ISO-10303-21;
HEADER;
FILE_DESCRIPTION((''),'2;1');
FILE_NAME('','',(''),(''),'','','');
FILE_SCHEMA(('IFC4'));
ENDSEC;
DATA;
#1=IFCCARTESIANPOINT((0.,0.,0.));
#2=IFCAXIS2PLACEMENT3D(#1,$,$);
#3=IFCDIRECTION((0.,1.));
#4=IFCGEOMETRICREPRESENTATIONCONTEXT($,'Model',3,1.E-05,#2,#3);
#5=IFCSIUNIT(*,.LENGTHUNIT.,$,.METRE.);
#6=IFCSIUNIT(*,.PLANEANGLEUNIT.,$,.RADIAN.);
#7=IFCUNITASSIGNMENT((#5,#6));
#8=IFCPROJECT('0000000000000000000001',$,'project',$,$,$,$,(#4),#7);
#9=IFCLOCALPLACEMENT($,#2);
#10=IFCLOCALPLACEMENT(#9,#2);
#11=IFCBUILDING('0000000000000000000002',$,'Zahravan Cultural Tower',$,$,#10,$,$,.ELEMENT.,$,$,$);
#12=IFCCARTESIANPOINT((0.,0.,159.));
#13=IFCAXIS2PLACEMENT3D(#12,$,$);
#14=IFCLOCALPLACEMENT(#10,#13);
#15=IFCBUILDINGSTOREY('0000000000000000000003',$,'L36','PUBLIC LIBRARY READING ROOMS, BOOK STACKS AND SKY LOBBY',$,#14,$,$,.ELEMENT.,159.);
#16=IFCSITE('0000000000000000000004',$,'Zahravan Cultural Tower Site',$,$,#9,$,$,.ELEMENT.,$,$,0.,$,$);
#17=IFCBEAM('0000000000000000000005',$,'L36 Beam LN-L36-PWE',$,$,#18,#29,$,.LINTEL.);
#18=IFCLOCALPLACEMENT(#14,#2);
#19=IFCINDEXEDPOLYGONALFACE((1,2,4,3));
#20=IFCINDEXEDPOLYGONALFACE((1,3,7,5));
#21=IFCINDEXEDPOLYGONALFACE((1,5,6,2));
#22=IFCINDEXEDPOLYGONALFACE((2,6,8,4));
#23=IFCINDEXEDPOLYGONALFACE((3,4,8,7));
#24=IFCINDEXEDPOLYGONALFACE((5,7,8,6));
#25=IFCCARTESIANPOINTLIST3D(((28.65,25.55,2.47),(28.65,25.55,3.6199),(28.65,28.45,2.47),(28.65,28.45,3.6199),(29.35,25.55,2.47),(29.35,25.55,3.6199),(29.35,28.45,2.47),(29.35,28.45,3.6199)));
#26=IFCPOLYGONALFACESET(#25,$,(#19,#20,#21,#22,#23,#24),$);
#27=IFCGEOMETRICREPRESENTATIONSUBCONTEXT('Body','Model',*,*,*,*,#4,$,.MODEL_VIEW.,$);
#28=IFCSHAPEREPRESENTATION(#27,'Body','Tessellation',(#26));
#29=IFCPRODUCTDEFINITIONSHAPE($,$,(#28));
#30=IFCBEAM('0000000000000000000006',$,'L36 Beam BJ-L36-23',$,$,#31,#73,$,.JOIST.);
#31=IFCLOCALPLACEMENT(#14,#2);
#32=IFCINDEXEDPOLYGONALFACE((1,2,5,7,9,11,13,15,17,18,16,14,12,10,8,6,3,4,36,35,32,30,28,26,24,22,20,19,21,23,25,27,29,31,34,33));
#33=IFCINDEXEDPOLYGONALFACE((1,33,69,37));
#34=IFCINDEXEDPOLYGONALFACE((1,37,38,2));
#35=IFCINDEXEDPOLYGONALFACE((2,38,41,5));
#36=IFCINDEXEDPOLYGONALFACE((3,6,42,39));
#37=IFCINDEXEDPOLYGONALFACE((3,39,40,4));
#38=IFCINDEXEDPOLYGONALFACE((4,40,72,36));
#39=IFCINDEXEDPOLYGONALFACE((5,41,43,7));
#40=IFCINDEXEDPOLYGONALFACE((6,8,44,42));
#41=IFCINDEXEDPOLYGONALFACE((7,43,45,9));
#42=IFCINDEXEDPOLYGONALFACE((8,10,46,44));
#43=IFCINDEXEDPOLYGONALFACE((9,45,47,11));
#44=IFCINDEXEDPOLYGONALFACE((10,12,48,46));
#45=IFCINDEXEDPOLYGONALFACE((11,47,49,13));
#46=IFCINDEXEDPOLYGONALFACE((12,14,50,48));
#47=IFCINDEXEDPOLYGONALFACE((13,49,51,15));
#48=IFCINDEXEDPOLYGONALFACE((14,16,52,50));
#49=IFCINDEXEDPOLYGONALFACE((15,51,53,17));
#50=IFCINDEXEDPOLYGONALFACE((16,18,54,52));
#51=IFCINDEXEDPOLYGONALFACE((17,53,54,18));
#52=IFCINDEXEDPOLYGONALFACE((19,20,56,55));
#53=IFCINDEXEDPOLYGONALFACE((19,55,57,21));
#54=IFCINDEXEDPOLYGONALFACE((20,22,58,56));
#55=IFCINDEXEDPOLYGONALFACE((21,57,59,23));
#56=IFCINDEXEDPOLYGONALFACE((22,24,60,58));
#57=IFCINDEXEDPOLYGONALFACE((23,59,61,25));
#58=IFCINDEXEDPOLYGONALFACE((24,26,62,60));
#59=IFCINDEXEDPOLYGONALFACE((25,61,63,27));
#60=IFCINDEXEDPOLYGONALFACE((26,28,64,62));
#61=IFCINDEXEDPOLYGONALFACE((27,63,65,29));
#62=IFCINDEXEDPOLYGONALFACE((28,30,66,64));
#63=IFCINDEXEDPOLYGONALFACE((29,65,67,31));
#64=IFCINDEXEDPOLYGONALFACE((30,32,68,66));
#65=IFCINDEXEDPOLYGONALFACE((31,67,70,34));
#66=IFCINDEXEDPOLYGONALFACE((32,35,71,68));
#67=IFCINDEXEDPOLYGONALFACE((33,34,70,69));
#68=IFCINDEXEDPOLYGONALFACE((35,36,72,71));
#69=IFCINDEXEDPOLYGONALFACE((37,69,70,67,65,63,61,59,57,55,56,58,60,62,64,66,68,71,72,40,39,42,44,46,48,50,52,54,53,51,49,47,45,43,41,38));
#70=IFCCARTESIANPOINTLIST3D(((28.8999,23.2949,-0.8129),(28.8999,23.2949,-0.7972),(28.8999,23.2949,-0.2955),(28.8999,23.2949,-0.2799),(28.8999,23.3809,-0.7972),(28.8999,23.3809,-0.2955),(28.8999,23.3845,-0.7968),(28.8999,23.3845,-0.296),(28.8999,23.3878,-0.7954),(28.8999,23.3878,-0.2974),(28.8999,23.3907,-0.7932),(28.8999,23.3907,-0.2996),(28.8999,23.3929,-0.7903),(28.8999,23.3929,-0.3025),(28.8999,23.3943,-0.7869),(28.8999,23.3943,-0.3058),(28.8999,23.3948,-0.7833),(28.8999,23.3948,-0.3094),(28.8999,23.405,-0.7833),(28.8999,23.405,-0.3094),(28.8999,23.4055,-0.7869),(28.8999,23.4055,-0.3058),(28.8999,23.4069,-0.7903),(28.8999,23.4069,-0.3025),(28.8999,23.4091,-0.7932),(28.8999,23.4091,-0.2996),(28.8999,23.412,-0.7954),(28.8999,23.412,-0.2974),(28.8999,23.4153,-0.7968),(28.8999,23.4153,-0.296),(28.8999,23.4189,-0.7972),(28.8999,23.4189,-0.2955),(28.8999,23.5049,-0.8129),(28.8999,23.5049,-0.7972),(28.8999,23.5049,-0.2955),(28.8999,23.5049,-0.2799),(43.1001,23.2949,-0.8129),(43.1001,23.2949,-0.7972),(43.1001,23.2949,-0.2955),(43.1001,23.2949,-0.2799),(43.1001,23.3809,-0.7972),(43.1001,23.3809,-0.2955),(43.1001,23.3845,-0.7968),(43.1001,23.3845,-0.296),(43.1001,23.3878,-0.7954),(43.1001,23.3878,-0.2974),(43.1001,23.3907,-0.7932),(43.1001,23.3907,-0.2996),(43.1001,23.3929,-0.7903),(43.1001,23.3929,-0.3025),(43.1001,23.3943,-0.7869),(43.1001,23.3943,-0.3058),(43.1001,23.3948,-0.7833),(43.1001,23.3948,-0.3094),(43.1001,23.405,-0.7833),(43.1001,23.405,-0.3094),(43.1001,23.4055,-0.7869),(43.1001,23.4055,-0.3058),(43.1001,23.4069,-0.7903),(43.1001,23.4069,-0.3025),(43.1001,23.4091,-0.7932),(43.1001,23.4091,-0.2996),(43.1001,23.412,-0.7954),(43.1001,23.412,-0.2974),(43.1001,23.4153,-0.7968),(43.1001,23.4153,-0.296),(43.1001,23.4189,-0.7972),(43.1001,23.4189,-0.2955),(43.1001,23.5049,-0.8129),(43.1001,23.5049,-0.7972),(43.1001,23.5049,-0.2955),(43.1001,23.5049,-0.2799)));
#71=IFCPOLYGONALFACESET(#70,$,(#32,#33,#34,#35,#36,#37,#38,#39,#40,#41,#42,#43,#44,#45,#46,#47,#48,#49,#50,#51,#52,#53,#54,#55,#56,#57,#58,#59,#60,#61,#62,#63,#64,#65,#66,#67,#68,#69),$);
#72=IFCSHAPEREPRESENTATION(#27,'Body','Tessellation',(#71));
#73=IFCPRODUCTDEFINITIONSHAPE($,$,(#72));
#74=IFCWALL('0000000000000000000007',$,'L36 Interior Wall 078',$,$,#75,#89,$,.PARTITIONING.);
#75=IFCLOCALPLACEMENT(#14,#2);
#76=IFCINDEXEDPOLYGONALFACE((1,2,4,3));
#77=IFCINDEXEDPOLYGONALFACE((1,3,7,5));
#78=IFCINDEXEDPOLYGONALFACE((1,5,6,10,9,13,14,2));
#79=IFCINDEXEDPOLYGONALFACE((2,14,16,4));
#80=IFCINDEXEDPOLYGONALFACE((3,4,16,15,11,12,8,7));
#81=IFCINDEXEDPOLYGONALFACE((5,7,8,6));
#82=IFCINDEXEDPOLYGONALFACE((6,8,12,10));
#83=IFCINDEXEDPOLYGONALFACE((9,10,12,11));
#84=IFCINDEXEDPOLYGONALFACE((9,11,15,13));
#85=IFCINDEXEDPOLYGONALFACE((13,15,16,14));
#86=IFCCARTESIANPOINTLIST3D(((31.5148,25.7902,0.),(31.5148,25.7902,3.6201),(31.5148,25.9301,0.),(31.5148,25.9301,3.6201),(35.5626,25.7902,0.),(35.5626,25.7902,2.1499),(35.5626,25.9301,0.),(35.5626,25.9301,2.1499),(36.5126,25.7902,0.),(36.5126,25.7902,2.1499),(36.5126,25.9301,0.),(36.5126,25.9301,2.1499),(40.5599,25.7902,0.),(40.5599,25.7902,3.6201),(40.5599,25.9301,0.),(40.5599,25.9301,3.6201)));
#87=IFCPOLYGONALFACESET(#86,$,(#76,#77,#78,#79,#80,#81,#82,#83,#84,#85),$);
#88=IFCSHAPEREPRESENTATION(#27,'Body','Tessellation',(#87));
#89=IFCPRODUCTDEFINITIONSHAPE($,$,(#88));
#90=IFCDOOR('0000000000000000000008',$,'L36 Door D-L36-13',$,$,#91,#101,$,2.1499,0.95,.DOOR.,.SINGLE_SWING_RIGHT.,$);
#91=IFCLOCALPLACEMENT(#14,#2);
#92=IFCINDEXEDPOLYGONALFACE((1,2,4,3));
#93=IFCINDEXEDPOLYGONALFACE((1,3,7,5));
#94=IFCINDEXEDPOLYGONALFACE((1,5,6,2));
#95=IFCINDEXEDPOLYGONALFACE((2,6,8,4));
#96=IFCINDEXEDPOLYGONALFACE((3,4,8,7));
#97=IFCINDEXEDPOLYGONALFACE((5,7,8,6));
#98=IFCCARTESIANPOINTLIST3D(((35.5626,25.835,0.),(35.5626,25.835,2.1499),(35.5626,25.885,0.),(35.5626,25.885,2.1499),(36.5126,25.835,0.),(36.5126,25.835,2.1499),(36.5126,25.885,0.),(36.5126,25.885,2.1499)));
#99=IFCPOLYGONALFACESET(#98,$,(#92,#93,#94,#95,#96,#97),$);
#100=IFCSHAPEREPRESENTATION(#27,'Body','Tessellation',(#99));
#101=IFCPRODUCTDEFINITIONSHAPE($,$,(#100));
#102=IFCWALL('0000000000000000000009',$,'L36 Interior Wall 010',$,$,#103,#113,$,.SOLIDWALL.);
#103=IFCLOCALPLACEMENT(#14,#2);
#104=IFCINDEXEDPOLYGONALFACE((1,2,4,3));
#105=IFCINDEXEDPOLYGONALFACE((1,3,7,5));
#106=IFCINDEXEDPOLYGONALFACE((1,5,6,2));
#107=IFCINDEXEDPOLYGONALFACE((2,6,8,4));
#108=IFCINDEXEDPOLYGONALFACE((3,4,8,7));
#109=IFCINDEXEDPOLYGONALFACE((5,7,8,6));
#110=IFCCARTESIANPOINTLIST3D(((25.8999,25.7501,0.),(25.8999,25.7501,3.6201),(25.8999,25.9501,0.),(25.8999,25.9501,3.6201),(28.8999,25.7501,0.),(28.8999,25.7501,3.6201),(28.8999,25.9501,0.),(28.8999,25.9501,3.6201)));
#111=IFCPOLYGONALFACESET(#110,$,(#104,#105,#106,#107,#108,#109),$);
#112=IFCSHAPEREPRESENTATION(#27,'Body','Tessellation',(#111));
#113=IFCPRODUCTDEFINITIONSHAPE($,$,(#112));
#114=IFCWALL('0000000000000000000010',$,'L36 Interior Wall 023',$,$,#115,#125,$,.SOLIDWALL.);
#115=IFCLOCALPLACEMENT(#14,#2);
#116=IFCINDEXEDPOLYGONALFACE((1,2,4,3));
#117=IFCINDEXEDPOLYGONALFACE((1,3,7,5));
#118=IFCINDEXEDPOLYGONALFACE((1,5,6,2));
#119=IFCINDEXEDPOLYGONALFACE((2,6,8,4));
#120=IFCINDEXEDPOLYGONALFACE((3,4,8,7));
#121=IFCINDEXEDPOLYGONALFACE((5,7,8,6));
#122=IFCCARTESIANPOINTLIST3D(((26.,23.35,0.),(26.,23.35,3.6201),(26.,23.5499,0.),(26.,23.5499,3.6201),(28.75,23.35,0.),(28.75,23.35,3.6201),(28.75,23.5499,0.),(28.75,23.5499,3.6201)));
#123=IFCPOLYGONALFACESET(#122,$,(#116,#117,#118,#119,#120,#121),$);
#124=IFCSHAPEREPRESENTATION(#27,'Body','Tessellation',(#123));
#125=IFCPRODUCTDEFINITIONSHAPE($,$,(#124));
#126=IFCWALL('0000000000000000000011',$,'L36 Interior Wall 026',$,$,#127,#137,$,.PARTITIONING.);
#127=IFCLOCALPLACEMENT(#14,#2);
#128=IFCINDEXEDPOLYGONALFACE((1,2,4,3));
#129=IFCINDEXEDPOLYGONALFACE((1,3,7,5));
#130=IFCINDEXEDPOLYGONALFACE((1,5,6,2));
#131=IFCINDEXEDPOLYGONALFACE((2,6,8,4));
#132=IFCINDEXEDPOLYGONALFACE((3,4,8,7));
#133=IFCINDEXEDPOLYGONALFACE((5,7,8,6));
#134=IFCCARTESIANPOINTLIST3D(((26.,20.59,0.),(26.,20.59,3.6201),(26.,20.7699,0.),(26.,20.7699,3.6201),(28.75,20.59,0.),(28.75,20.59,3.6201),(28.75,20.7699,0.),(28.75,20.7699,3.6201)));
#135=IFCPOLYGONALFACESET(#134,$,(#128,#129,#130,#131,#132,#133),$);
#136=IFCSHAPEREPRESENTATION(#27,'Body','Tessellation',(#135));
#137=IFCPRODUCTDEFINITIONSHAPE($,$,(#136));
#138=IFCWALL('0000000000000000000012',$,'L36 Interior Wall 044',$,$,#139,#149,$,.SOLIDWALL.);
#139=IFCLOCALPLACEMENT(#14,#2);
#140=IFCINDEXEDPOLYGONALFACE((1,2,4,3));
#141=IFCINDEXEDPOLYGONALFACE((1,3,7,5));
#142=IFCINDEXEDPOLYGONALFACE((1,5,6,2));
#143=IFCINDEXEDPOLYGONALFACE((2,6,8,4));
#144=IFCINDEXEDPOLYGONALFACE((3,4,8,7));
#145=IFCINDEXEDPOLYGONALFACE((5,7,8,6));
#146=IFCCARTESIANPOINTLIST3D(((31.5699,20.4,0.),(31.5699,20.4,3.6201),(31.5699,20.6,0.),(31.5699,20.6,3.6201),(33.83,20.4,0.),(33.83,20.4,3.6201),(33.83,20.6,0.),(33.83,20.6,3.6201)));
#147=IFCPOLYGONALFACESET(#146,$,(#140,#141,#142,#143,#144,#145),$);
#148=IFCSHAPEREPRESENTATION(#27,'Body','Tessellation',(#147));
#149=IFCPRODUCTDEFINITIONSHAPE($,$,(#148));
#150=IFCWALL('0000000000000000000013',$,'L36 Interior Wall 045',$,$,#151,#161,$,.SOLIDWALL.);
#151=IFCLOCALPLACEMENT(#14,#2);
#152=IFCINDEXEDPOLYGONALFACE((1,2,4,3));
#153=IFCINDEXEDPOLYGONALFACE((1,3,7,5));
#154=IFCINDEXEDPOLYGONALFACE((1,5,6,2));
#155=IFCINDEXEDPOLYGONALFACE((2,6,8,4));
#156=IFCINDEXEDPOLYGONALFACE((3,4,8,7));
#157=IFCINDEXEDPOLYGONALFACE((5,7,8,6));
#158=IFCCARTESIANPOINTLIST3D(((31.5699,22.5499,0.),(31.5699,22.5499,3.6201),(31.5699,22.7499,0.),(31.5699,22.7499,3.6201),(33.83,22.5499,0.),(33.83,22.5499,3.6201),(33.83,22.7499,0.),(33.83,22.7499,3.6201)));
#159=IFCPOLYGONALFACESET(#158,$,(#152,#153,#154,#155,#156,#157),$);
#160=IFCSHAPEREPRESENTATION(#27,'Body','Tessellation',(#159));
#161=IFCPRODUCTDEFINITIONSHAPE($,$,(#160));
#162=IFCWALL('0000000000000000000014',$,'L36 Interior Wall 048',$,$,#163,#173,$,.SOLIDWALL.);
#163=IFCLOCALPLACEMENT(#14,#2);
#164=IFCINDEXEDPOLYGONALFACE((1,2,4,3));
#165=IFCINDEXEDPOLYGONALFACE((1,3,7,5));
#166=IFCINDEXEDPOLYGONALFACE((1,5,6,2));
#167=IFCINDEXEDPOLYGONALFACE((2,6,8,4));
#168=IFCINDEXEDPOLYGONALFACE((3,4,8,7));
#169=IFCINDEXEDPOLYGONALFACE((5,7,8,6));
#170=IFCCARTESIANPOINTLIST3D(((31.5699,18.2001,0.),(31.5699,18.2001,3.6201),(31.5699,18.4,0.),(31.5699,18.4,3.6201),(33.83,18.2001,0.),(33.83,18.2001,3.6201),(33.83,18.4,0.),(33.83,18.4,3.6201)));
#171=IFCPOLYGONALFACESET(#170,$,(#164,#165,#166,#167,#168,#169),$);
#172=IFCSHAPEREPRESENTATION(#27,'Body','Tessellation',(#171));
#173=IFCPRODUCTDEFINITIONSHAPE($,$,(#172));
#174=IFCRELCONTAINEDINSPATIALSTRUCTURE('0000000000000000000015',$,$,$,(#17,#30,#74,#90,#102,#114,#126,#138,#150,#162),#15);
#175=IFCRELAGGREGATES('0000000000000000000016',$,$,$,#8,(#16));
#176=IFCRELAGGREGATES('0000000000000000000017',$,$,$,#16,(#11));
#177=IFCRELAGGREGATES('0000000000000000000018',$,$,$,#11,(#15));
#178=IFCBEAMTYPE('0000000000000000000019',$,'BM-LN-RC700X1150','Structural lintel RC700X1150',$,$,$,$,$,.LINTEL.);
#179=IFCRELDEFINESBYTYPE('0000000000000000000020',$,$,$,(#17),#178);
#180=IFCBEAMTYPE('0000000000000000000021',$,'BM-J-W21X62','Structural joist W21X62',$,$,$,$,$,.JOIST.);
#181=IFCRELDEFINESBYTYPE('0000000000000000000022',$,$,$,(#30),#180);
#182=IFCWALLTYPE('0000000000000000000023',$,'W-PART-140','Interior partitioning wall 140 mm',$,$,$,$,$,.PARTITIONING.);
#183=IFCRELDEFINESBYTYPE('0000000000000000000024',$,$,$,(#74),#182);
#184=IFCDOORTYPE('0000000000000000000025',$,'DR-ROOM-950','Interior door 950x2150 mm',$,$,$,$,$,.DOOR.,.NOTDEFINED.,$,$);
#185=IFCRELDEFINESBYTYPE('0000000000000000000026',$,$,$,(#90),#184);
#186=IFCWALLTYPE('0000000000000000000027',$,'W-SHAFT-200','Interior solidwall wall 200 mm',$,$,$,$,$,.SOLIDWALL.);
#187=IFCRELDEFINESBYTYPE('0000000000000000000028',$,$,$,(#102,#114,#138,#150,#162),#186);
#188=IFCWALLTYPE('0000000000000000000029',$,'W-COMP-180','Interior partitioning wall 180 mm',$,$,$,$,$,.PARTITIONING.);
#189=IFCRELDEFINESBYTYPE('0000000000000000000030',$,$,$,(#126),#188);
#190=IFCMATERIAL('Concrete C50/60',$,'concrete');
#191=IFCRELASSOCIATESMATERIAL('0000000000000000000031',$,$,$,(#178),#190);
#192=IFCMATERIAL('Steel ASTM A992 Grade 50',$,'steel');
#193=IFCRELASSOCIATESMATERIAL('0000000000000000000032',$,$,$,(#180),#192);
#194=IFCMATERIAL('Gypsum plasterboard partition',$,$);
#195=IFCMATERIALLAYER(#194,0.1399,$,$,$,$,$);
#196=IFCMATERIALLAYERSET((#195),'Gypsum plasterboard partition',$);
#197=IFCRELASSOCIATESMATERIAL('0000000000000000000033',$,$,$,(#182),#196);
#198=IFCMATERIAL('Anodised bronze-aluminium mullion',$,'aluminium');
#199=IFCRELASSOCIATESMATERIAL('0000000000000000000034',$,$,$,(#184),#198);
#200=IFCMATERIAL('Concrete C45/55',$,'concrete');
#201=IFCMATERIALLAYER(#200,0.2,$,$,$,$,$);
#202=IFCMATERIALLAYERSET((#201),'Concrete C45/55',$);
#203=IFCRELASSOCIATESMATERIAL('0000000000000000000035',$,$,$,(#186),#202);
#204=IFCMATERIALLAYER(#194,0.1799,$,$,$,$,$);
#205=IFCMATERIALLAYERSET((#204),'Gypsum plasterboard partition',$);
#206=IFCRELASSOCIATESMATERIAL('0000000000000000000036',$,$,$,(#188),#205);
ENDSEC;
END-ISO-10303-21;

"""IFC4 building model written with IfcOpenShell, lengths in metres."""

from ifc_helpers import new_model, si_unit, direction, frame, frame_2d, origin, origin_2d, place, context, subcontext, project, spatial, rectangle, i_section, extrude, source, transform, mapped, material, layer, layer_set, material_profile, profile_set, type_object, element, fill, save


model = new_model("IFC4")

# Units and contexts
model_context = context("Model", 3, precision=1e-05, world=origin(), true_north=direction((0.0, 1.0)))
body_context = subcontext(model_context, "Body", "Model", "MODEL_VIEW")
ifc_project = project(units=[si_unit("LENGTHUNIT", "METRE"), si_unit("PLANEANGLEUNIT", "RADIAN")], contexts=[model_context])

# Site, building, storey
site_placement = place(None, origin())
site = spatial("IfcSite", under=ifc_project, at=site_placement, Name="Zahravan Cultural Tower Site", CompositionType="ELEMENT", RefElevation=0.0)
building_placement = place(site_placement, origin())
building = spatial("IfcBuilding", under=site, at=building_placement, Name="Zahravan Cultural Tower", CompositionType="ELEMENT")
storey_placement = place(building_placement, frame((0.0, 0.0, 159.0)))
storey = spatial("IfcBuildingStorey", under=building, at=storey_placement, Name="L36", Description="PUBLIC LIBRARY READING ROOMS, BOOK STACKS AND SKY LOBBY", CompositionType="ELEMENT", Elevation=159.0)

# Beams
ifc_material_1 = material(Name="Concrete C50/60", Category="concrete")
ifc_material_profile_1 = material_profile(ifc_material_1, rectangle(XDim=0.7, YDim=1.1499, at=origin_2d()), Name="RC700X1150")
ifc_profile_set_1 = profile_set([ifc_material_profile_1], Name="Concrete C50/60")
beam_type_1 = type_object("IfcBeamType", Name="BM-LN-RC700X1150", Description="Structural lintel RC700X1150", PredefinedType="LINTEL", material=ifc_profile_set_1)
shared_shape_1 = source(origin(), body_context, "Body", "SweptSolid", [
    extrude(rectangle(XDim=0.7, YDim=1.1499, at=origin_2d()), origin(), (0.0, 0.0, 1.0), 2.8999),
])
beam_1_placement = place(storey_placement, frame((29.0, 25.55, 3.0449), z_axis=(0.0, 1.0, 0.0), x_axis=(-1.0, 0.0, 0.0)))
element("IfcBeam", 1, at=beam_1_placement, inside=storey, type_object=beam_type_1, Name="L36 Beam LN-L36-PWE", PredefinedType="LINTEL", context=body_context, shape_type="MappedRepresentation", body=[
    mapped(shared_shape_1, transform((0.0, 0.0, 0.0), x_axis=(1.0, 0.0, 0.0), y_axis=(0.0, 1.0, 0.0), z_axis=(0.0, 0.0, 1.0), scale=1.0)),
])
ifc_material_2 = material(Name="Steel ASTM A992 Grade 50", Category="steel")
ifc_material_profile_2 = material_profile(ifc_material_2, i_section(OverallWidth=0.21, OverallDepth=0.533, WebThickness=0.0103, FlangeThickness=0.0156, FilletRadius=0.0139, at=origin_2d()), Name="W21X62")
ifc_profile_set_2 = profile_set([ifc_material_profile_2], Name="Steel ASTM A992 Grade 50")
beam_type_2 = type_object("IfcBeamType", Name="BM-J-W21X62", Description="Structural joist W21X62", PredefinedType="JOIST", material=ifc_profile_set_2)
shared_shape_2 = source(origin(), body_context, "Body", "SweptSolid", [
    extrude(i_section(OverallWidth=0.21, OverallDepth=0.533, WebThickness=0.0103, FlangeThickness=0.0156, FilletRadius=0.0139, at=origin_2d()), origin(), (0.0, 0.0, 1.0), 14.2002),
])
beam_2_placement = place(storey_placement, frame((28.8999, 23.3999, -0.5464), z_axis=(1.0, 0.0, 0.0), x_axis=(0.0, 1.0, 0.0)))
element("IfcBeam", 2, at=beam_2_placement, inside=storey, type_object=beam_type_2, Name="L36 Beam BJ-L36-23", PredefinedType="JOIST", context=body_context, shape_type="MappedRepresentation", body=[
    mapped(shared_shape_2, transform((0.0, 0.0, 0.0), x_axis=(1.0, 0.0, 0.0), y_axis=(0.0, 1.0, 0.0), z_axis=(0.0, 0.0, 1.0), scale=1.0)),
])

# Wall, opening, door
ifc_material_3 = material(Name="Gypsum plasterboard partition")
ifc_layer_1 = layer(ifc_material_3, 0.1399)
ifc_layer_set_1 = layer_set([ifc_layer_1], Name="Gypsum plasterboard partition")
wall_type_1 = type_object("IfcWallType", Name="W-PART-140", Description="Interior partitioning wall 140 mm", PredefinedType="PARTITIONING", material=ifc_layer_set_1)
ifc_material_4 = material(Name="Anodised bronze-aluminium mullion", Category="aluminium")
door_type_1 = type_object("IfcDoorType", Name="DR-ROOM-950", Description="Interior door 950x2150 mm", OperationType="NOTDEFINED", PredefinedType="DOOR", material=ifc_material_4)
shared_shape_3 = source(origin(), body_context, "Body", "SweptSolid", [
    extrude(rectangle(XDim=0.95, YDim=2.1499, at=frame_2d((0.4751, 1.075))), frame((0.0, 0.0249, 0.0), z_axis=(0.0, -1.0, 0.0), x_axis=(1.0, 0.0, 0.0)), (0.0, 0.0, 1.0), 0.05),
])
wall_1_placement = place(storey_placement, frame((31.5149, 25.8601, 0.0), z_axis=(0.0, 0.0, 1.0), x_axis=(1.0, 0.0, 0.0)))
wall_1 = element("IfcWall", 3, at=wall_1_placement, inside=storey, type_object=wall_type_1, Name="L36 Interior Wall 078", PredefinedType="PARTITIONING", context=body_context, shape_type="SweptSolid", body=[
    extrude(rectangle(XDim=9.0452, YDim=0.1399, at=frame_2d((4.5225, 0.0))), origin(), (0.0, 0.0, 1.0), 3.6201),
])
opening_1_placement = place(wall_1_placement, frame((4.0476, 0.0, 0.0)))
opening_1 = element("IfcOpeningElement", 4, at=opening_1_placement, cuts=wall_1, PredefinedType="OPENING", context=body_context, shape_type="SweptSolid", body=[
    extrude(rectangle(XDim=0.95, YDim=2.1499, at=frame_2d((0.4751, 1.075))), frame((0.0, 0.0798, 0.0), z_axis=(0.0, -1.0, 0.0), x_axis=(1.0, 0.0, 0.0)), (0.0, 0.0, 1.0), 0.1599),
])
door_1_placement = place(opening_1_placement, origin())
door_1 = element("IfcDoor", 5, at=door_1_placement, inside=storey, type_object=door_type_1, Name="L36 Door D-L36-13", OperationType="SINGLE_SWING_RIGHT", OverallHeight=2.1499, OverallWidth=0.95, PredefinedType="DOOR", context=body_context, shape_type="MappedRepresentation", body=[
    mapped(shared_shape_3, transform((0.0, 0.0, 0.0), x_axis=(1.0, 0.0, 0.0), y_axis=(0.0, 1.0, 0.0), z_axis=(0.0, 0.0, 1.0), scale=1.0)),
])
fill(opening_1, door_1)
ifc_material_5 = material(Name="Concrete C45/55", Category="concrete")
ifc_layer_2 = layer(ifc_material_5, 0.2)
ifc_layer_set_2 = layer_set([ifc_layer_2], Name="Concrete C45/55")
wall_type_2 = type_object("IfcWallType", Name="W-SHAFT-200", Description="Interior solidwall wall 200 mm", PredefinedType="SOLIDWALL", material=ifc_layer_set_2)

# Walls
shared_shape_4 = source(origin(), body_context, "Body", "SweptSolid", [
    extrude(rectangle(XDim=3.0, YDim=0.2, at=frame_2d((1.5, 0.0))), origin(), (0.0, 0.0, 1.0), 3.6201),
])
wall_2_placement = place(storey_placement, frame((25.8999, 25.8501, 0.0), z_axis=(0.0, 0.0, 1.0), x_axis=(1.0, 0.0, 0.0)))
element("IfcWall", 6, at=wall_2_placement, inside=storey, type_object=wall_type_2, Name="L36 Interior Wall 010", PredefinedType="SOLIDWALL", context=body_context, shape_type="MappedRepresentation", body=[
    mapped(shared_shape_4, transform((0.0, 0.0, 0.0), x_axis=(1.0, 0.0, 0.0), y_axis=(0.0, 1.0, 0.0), z_axis=(0.0, 0.0, 1.0), scale=1.0)),
])
shared_shape_5 = source(origin(), body_context, "Body", "SweptSolid", [
    extrude(rectangle(XDim=2.75, YDim=0.2, at=frame_2d((1.375, 0.0))), origin(), (0.0, 0.0, 1.0), 3.6201),
])
wall_3_placement = place(storey_placement, frame((26.0, 23.45, 0.0), z_axis=(0.0, 0.0, 1.0), x_axis=(1.0, 0.0, 0.0)))
element("IfcWall", 7, at=wall_3_placement, inside=storey, type_object=wall_type_2, Name="L36 Interior Wall 023", PredefinedType="SOLIDWALL", context=body_context, shape_type="MappedRepresentation", body=[
    mapped(shared_shape_5, transform((0.0, 0.0, 0.0), x_axis=(1.0, 0.0, 0.0), y_axis=(0.0, 1.0, 0.0), z_axis=(0.0, 0.0, 1.0), scale=1.0)),
])
ifc_layer_3 = layer(ifc_material_3, 0.1799)
ifc_layer_set_3 = layer_set([ifc_layer_3], Name="Gypsum plasterboard partition")
wall_type_3 = type_object("IfcWallType", Name="W-COMP-180", Description="Interior partitioning wall 180 mm", PredefinedType="PARTITIONING", material=ifc_layer_set_3)
shared_shape_6 = source(origin(), body_context, "Body", "SweptSolid", [
    extrude(rectangle(XDim=2.75, YDim=0.1799, at=frame_2d((1.375, 0.0))), origin(), (0.0, 0.0, 1.0), 3.6201),
])
wall_4_placement = place(storey_placement, frame((26.0, 20.6799, 0.0), z_axis=(0.0, 0.0, 1.0), x_axis=(1.0, 0.0, 0.0)))
element("IfcWall", 8, at=wall_4_placement, inside=storey, type_object=wall_type_3, Name="L36 Interior Wall 026", PredefinedType="PARTITIONING", context=body_context, shape_type="MappedRepresentation", body=[
    mapped(shared_shape_6, transform((0.0, 0.0, 0.0), x_axis=(1.0, 0.0, 0.0), y_axis=(0.0, 1.0, 0.0), z_axis=(0.0, 0.0, 1.0), scale=1.0)),
])
shared_shape_7 = source(origin(), body_context, "Body", "SweptSolid", [
    extrude(rectangle(XDim=2.26, YDim=0.2, at=frame_2d((1.1299, 0.0))), origin(), (0.0, 0.0, 1.0), 3.6201),
])
for number, where, z_axis, x_axis, name in (
    (9, (31.5701, 20.5, 0.0), (0.0, 0.0, 1.0), (1.0, 0.0, 0.0), "L36 Interior Wall 044"),
    (10, (31.5701, 22.6499, 0.0), (0.0, 0.0, 1.0), (1.0, 0.0, 0.0), "L36 Interior Wall 045"),
    (11, (31.5701, 18.3, 0.0), (0.0, 0.0, 1.0), (1.0, 0.0, 0.0), "L36 Interior Wall 048"),
):
    element("IfcWall", number, at=place(storey_placement, frame(where, z_axis=z_axis, x_axis=x_axis)), inside=storey, type_object=wall_type_2, Name=name, PredefinedType="SOLIDWALL", context=body_context, shape_type="MappedRepresentation", body=[
        mapped(shared_shape_7, transform((0.0, 0.0, 0.0), x_axis=(1.0, 0.0, 0.0), y_axis=(0.0, 1.0, 0.0), z_axis=(0.0, 0.0, 1.0), scale=1.0)),
    ])

save(model, "model.ifc")
